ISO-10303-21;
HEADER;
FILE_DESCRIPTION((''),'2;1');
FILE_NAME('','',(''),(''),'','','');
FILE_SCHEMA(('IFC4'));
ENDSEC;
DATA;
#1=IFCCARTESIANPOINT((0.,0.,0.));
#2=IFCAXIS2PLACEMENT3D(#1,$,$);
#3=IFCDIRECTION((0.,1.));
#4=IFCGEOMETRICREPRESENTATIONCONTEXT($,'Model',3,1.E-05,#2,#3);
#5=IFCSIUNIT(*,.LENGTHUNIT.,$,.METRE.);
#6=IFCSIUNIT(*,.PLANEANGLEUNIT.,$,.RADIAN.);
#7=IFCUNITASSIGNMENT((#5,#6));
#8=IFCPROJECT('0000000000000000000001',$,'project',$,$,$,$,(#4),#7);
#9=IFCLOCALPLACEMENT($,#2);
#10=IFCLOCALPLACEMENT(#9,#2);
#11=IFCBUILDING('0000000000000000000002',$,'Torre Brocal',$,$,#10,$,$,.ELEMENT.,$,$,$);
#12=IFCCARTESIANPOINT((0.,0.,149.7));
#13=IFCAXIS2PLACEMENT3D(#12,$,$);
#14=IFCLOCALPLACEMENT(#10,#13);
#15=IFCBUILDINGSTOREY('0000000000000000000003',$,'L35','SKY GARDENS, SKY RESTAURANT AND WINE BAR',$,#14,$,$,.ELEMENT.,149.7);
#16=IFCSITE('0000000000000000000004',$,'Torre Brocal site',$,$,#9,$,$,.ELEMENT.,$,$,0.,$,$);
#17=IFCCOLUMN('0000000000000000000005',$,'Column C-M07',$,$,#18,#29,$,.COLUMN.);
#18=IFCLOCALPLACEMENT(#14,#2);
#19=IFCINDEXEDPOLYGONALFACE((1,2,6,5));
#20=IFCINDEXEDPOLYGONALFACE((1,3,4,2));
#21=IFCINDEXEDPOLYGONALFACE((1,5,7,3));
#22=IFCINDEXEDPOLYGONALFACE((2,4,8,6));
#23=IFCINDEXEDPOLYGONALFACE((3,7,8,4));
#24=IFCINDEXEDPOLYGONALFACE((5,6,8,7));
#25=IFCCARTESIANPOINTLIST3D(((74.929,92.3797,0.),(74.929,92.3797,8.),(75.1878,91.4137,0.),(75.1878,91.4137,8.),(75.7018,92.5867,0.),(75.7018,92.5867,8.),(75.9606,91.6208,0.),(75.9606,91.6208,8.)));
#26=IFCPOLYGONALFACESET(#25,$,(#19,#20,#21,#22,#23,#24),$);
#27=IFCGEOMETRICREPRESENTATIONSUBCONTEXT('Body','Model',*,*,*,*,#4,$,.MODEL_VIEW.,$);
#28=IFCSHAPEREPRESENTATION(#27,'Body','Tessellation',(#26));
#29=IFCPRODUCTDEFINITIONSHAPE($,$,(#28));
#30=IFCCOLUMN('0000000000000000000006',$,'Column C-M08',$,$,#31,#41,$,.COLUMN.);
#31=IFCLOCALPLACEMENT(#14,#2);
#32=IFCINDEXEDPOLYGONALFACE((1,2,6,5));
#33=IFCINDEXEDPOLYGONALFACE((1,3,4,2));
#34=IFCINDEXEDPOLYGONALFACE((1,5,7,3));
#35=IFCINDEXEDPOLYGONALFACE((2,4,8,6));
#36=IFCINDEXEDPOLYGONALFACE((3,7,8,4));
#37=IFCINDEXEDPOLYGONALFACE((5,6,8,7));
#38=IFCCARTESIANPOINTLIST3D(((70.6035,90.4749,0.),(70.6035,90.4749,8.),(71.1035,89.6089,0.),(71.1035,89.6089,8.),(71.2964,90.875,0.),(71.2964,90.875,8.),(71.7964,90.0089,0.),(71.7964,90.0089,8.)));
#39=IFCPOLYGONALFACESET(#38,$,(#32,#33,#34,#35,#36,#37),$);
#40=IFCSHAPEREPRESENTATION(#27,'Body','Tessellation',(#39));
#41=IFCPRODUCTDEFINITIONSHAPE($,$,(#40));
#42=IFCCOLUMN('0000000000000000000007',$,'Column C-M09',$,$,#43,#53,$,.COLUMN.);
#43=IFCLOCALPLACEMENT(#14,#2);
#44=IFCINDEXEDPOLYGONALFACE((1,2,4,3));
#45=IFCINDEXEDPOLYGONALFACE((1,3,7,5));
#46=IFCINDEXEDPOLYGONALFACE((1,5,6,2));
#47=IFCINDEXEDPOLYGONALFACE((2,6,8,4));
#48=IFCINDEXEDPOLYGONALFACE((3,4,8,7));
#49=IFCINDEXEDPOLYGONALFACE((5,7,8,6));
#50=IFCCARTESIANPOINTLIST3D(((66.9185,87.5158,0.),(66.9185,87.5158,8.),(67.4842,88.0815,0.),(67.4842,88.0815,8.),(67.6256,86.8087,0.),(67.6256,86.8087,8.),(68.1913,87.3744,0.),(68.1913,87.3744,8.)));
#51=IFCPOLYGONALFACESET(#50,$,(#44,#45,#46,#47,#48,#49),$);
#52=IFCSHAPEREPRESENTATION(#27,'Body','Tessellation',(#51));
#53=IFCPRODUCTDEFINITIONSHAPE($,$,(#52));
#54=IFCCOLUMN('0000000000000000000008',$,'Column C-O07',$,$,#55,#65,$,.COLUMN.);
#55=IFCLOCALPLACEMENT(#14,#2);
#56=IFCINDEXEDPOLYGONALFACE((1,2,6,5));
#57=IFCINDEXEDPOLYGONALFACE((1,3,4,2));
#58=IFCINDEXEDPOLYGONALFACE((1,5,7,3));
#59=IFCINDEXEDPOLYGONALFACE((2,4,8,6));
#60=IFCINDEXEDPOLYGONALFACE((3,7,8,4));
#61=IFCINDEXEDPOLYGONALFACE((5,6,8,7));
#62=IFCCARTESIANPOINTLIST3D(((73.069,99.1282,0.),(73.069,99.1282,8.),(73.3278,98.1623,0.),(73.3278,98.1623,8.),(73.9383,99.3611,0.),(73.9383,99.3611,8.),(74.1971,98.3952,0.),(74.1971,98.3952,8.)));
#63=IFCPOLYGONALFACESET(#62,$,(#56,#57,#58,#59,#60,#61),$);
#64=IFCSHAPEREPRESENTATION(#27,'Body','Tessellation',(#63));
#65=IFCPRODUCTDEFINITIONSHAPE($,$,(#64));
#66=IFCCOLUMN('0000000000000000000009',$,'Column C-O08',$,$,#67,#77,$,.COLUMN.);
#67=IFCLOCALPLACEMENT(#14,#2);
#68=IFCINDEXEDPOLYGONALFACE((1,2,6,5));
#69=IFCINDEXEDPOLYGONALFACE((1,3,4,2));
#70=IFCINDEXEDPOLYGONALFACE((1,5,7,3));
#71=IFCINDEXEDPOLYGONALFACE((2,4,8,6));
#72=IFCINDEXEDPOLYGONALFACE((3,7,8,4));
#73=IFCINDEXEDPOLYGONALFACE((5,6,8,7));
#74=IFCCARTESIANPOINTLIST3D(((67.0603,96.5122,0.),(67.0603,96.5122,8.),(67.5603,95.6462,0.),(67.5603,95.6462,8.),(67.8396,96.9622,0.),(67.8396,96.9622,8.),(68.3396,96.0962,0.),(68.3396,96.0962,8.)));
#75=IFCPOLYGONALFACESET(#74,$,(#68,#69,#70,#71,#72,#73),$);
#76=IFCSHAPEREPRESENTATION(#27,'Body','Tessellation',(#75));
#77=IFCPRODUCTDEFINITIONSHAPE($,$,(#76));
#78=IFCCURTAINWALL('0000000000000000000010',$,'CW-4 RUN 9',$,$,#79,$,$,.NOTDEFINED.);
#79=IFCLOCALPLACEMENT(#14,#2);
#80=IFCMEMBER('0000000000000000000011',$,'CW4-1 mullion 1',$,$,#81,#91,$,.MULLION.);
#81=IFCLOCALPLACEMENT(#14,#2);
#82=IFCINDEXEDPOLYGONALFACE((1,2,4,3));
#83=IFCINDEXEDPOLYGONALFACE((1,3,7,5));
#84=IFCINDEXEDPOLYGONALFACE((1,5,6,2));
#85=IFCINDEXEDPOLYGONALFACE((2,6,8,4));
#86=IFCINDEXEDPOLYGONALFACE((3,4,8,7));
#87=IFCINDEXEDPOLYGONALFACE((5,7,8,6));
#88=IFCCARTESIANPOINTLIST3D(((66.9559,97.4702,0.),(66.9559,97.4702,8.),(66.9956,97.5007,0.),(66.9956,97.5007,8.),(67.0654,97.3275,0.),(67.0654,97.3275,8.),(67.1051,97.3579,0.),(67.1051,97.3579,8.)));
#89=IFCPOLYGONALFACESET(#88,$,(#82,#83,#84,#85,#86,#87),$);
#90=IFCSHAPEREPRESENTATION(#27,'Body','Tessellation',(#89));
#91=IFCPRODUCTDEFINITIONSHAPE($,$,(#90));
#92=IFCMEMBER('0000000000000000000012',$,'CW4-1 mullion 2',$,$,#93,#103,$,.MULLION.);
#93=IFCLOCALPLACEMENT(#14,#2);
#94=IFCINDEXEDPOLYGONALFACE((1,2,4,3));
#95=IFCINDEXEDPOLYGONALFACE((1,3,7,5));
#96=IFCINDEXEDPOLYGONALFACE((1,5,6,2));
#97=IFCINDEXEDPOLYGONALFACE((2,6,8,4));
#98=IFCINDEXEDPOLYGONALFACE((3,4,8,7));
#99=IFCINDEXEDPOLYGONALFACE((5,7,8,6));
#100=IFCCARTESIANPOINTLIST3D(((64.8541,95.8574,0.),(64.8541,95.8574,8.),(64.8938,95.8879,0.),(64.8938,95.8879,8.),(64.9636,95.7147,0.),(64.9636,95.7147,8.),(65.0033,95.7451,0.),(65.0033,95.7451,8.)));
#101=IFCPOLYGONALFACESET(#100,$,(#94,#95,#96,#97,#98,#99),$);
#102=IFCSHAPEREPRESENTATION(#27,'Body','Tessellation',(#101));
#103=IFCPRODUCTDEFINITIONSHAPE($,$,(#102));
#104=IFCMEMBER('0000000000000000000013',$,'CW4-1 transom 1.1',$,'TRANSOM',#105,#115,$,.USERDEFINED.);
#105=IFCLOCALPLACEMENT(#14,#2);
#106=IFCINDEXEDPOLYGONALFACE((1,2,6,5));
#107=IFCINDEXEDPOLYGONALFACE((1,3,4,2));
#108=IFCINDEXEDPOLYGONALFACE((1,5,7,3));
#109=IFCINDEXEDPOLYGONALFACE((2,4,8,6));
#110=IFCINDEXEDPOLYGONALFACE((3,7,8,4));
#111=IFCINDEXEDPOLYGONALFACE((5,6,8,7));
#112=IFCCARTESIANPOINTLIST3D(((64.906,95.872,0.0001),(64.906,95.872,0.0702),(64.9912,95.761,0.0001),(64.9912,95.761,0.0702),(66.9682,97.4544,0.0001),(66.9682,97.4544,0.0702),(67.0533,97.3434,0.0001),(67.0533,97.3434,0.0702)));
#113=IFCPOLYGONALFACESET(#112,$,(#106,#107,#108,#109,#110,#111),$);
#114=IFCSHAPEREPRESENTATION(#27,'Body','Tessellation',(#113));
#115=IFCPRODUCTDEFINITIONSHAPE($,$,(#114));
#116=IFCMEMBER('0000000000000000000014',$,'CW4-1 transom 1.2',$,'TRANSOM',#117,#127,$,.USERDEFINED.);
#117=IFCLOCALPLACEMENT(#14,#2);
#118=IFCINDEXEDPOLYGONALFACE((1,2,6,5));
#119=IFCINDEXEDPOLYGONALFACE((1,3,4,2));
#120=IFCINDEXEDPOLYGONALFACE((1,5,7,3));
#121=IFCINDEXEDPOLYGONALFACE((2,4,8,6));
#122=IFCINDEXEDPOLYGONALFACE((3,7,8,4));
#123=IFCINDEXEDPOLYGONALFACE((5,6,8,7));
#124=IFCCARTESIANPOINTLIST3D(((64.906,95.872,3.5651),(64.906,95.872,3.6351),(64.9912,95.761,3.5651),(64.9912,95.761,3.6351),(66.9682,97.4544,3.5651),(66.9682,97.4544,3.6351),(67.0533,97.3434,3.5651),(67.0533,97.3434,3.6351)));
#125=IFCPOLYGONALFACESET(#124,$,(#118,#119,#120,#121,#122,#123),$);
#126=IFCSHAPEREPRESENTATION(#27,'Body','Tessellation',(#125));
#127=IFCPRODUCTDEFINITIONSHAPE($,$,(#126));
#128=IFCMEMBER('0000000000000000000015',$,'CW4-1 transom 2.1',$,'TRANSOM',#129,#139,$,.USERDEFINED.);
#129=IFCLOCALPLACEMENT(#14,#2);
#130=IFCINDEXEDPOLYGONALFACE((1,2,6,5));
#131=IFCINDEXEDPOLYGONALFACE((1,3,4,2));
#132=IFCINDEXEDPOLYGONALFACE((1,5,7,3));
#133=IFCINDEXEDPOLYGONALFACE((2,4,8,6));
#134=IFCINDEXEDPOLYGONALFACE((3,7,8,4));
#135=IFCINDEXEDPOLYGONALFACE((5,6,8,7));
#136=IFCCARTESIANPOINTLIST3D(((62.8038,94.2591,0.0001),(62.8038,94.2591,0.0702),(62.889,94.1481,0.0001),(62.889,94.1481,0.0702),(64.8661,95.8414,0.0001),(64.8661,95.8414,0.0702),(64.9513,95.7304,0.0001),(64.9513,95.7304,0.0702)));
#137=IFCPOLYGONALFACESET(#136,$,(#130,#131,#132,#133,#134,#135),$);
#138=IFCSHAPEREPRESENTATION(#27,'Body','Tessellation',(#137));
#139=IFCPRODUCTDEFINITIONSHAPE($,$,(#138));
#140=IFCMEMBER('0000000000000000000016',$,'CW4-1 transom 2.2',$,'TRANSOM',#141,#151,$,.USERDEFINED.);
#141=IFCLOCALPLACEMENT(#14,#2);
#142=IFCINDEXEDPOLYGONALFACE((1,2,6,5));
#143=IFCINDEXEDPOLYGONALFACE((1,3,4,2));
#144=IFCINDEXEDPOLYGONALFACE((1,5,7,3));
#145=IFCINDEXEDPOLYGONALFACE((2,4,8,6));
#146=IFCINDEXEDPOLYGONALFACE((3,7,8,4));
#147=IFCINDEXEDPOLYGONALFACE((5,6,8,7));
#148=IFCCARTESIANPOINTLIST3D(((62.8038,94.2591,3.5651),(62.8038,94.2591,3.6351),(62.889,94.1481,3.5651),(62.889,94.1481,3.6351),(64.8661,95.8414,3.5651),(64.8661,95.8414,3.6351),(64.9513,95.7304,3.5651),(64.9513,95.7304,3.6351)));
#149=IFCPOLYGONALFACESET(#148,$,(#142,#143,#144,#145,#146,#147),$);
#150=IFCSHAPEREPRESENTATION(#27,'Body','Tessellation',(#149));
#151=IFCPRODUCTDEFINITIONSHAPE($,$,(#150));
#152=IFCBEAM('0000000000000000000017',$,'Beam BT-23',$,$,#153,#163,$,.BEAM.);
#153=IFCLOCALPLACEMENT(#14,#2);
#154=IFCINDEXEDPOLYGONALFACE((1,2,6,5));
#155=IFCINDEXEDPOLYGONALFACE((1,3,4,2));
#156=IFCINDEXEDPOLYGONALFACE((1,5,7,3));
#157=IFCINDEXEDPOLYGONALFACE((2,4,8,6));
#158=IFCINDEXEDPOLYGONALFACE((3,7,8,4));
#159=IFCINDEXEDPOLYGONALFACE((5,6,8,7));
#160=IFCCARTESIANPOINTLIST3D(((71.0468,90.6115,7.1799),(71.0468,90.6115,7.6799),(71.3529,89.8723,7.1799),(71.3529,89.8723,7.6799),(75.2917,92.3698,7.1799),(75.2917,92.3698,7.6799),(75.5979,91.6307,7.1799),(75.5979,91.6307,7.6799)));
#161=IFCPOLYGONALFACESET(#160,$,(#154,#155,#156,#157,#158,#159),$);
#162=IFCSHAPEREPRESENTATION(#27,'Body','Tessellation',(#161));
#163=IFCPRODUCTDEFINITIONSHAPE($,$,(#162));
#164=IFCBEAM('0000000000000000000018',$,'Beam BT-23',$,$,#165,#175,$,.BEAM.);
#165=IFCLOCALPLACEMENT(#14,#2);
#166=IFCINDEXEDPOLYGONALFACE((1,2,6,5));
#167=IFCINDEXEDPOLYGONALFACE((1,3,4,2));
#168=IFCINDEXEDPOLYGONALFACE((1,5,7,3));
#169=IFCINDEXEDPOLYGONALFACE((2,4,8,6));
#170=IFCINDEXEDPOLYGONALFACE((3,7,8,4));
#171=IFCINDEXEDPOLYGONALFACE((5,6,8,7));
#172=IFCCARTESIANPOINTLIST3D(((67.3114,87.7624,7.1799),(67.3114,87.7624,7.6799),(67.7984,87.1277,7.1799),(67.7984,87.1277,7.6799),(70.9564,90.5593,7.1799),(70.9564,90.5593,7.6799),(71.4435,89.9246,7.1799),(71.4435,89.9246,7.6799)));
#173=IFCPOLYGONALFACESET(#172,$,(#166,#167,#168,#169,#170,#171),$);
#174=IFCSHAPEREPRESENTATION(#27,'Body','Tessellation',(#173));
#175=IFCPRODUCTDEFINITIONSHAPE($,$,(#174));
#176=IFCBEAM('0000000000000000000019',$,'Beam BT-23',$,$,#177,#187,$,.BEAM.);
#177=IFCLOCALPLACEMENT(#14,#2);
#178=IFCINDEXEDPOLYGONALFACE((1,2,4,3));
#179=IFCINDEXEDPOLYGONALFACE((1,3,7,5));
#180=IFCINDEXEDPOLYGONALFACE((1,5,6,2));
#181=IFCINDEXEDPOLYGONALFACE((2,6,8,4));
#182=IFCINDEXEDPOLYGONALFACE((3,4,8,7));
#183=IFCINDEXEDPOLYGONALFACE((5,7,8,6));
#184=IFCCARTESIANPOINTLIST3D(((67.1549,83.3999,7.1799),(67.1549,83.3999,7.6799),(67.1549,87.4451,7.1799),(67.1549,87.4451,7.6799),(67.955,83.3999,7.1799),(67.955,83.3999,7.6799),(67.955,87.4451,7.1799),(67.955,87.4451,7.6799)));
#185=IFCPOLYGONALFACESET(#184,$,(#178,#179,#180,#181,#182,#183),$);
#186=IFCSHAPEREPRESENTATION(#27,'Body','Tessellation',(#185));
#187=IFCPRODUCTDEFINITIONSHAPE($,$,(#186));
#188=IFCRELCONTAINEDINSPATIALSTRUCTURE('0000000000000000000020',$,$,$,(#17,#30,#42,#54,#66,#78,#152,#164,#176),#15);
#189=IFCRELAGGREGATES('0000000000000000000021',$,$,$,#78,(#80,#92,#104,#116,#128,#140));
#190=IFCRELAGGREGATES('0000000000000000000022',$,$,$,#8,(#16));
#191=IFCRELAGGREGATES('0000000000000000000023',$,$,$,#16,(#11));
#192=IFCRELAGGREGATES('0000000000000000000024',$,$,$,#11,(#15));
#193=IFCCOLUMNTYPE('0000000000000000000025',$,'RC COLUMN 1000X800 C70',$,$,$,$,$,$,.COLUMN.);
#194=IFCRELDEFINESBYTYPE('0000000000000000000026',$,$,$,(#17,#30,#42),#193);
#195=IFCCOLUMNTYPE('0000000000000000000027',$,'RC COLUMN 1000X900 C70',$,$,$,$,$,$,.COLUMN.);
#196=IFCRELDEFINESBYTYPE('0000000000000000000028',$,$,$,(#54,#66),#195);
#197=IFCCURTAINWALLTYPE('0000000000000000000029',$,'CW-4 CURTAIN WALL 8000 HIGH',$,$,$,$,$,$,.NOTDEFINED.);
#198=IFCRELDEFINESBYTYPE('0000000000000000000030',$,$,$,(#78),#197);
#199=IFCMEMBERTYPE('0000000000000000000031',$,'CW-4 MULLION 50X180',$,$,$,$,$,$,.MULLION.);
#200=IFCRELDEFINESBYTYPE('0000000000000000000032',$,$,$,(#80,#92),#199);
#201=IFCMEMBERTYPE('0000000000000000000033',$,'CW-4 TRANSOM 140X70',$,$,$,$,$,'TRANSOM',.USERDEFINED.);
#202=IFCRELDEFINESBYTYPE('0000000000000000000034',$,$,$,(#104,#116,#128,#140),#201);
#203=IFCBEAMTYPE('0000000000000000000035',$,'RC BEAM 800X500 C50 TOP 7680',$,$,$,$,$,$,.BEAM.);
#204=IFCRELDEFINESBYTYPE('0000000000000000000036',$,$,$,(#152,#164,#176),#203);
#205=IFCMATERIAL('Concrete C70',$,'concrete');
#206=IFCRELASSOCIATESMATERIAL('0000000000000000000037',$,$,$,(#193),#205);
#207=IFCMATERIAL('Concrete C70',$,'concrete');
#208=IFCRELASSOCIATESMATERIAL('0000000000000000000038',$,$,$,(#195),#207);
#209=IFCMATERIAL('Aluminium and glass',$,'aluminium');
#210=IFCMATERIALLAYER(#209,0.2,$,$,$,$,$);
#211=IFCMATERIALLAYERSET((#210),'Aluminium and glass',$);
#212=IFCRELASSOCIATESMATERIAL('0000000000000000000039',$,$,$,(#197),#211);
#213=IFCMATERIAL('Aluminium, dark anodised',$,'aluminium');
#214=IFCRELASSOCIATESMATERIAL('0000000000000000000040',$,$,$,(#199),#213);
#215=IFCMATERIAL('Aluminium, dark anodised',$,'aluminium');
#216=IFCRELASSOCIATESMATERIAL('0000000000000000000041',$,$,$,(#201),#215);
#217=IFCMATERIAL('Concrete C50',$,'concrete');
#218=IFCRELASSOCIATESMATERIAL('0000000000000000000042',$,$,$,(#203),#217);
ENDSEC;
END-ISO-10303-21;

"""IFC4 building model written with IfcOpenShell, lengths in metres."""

from ifc_helpers import new_model, si_unit, direction, frame, origin, origin_2d, place, context, subcontext, project, spatial, rectangle, extrude, material, layer, layer_set, material_profile, profile_set, type_object, element, aggregate, save


model = new_model("IFC4")

# Units and contexts
model_context = context("Model", 3, precision=1e-05, world=origin(), true_north=direction((0.0, 1.0)))
body_context = subcontext(model_context, "Body", "Model", "MODEL_VIEW")
ifc_project = project(units=[si_unit("LENGTHUNIT", "METRE"), si_unit("PLANEANGLEUNIT", "RADIAN")], contexts=[model_context])

# Site, building, storey
site_placement = place(None, origin())
site = spatial("IfcSite", under=ifc_project, at=site_placement, Name="Torre Brocal site", CompositionType="ELEMENT", RefElevation=0.0)
building_placement = place(site_placement, origin())
building = spatial("IfcBuilding", under=site, at=building_placement, Name="Torre Brocal", CompositionType="ELEMENT")
storey_placement = place(building_placement, frame((0.0, 0.0, 149.7)))
storey = spatial("IfcBuildingStorey", under=building, at=storey_placement, Name="L35", Description="SKY GARDENS, SKY RESTAURANT AND WINE BAR", CompositionType="ELEMENT", Elevation=149.7)

# Columns
ifc_material_1 = material(Name="Concrete C70", Category="concrete")
ifc_material_profile_1 = material_profile(ifc_material_1, rectangle(XDim=1.0, YDim=0.8, at=origin_2d()), Name="RC 1000X800")
ifc_profile_set_1 = profile_set([ifc_material_profile_1], Name="Concrete C70")
column_type_1 = type_object("IfcColumnType", Name="RC COLUMN 1000X800 C70", PredefinedType="COLUMN", material=ifc_profile_set_1)
for number, where, z_axis, x_axis, name in (
    (1, (75.4448, 92.0002, 0.0), (0.0, 0.0, 1.0), (-0.258819, 0.965926, 0.0), "Column C-M07"),
    (2, (71.2, 90.2419, 0.0), (0.0, 0.0, 1.0), (-0.5, 0.866025, 0.0), "Column C-M08"),
    (3, (67.5549, 87.4451, 0.0), (0.0, 0.0, 1.0), (-0.707107, 0.707107, 0.0), "Column C-M09"),
):
    element("IfcColumn", number, at=place(storey_placement, frame(where, z_axis=z_axis, x_axis=x_axis)), inside=storey, type_object=column_type_1, Name=name, PredefinedType="COLUMN", context=body_context, shape_type="SweptSolid", body=[
        extrude(rectangle(XDim=1.0, YDim=0.8, at=origin_2d()), origin(), (0.0, 0.0, 1.0), 8.0),
    ])
ifc_material_2 = material(Name="Concrete C70", Category="concrete")
ifc_material_profile_2 = material_profile(ifc_material_2, rectangle(XDim=1.0, YDim=0.8999, at=origin_2d()), Name="RC 1000X900")
ifc_profile_set_2 = profile_set([ifc_material_profile_2], Name="Concrete C70")
column_type_2 = type_object("IfcColumnType", Name="RC COLUMN 1000X900 C70", PredefinedType="COLUMN", material=ifc_profile_set_2)
for number, where, z_axis, x_axis, name in (
    (4, (73.6331, 98.7617, 0.0), (0.0, 0.0, 1.0), (-0.258819, 0.965926, 0.0), "Column C-O07"),
    (5, (67.7, 96.3042, 0.0), (0.0, 0.0, 1.0), (-0.5, 0.866025, 0.0), "Column C-O08"),
):
    element("IfcColumn", number, at=place(storey_placement, frame(where, z_axis=z_axis, x_axis=x_axis)), inside=storey, type_object=column_type_2, Name=name, PredefinedType="COLUMN", context=body_context, shape_type="SweptSolid", body=[
        extrude(rectangle(XDim=1.0, YDim=0.8999, at=origin_2d()), origin(), (0.0, 0.0, 1.0), 8.0),
    ])

# Curtain wall, members
ifc_material_3 = material(Name="Aluminium and glass", Category="aluminium")
ifc_layer_1 = layer(ifc_material_3, 0.2)
ifc_layer_set_1 = layer_set([ifc_layer_1], Name="Aluminium and glass")
curtain_wall_type = type_object("IfcCurtainWallType", Name="CW-4 CURTAIN WALL 8000 HIGH", PredefinedType="NOTDEFINED", material=ifc_layer_set_1)
curtain_wall_placement = place(storey_placement, origin())
curtain_wall = element("IfcCurtainWall", 6, at=curtain_wall_placement, inside=storey, type_object=curtain_wall_type, Name="CW-4 RUN 9", PredefinedType="NOTDEFINED")
ifc_material_4 = material(Name="Aluminium, dark anodised", Category="aluminium")
ifc_material_profile_3 = material_profile(ifc_material_4, rectangle(XDim=0.1799, YDim=0.05, at=origin_2d()), Name="CW-4 MULLION 50X180")
ifc_profile_set_3 = profile_set([ifc_material_profile_3], Name="Aluminium, dark anodised")
member_type_1 = type_object("IfcMemberType", Name="CW-4 MULLION 50X180", PredefinedType="MULLION", material=ifc_profile_set_3)
member_1_placement = place(storey_placement, frame((67.0305, 97.4141, 0.0), z_axis=(0.0, 0.0, 1.0), x_axis=(0.608761, -0.793353, 0.0)))
member_1 = element("IfcMember", 7, at=member_1_placement, type_object=member_type_1, Name="CW4-1 mullion 1", PredefinedType="MULLION", context=body_context, shape_type="SweptSolid", body=[
    extrude(rectangle(XDim=0.1799, YDim=0.05, at=origin_2d()), origin(), (0.0, 0.0, 1.0), 8.0),
])
member_2_placement = place(storey_placement, frame((64.9287, 95.8013, 0.0), z_axis=(0.0, 0.0, 1.0), x_axis=(0.608761, -0.793353, 0.0)))
member_2 = element("IfcMember", 8, at=member_2_placement, type_object=member_type_1, Name="CW4-1 mullion 2", PredefinedType="MULLION", context=body_context, shape_type="SweptSolid", body=[
    extrude(rectangle(XDim=0.1799, YDim=0.05, at=origin_2d()), origin(), (0.0, 0.0, 1.0), 8.0),
])
ifc_material_5 = material(Name="Aluminium, dark anodised", Category="aluminium")
ifc_material_profile_4 = material_profile(ifc_material_5, rectangle(XDim=0.1399, YDim=0.0701, at=origin_2d()), Name="CW-4 TRANSOM 140X70")
ifc_profile_set_4 = profile_set([ifc_material_profile_4], Name="Aluminium, dark anodised")
member_type_2 = type_object("IfcMemberType", Name="CW-4 TRANSOM 140X70", ElementType="TRANSOM", PredefinedType="USERDEFINED", material=ifc_profile_set_4)
member_3_placement = place(storey_placement, frame((67.0107, 97.3989, 0.0352), z_axis=(-0.793336, -0.608784, 0.0), x_axis=(0.608784, -0.793336, 0.0)))
member_3 = element("IfcMember", 9, at=member_3_placement, type_object=member_type_2, Name="CW4-1 transom 1.1", ObjectType="TRANSOM", PredefinedType="USERDEFINED", context=body_context, shape_type="SweptSolid", body=[
    extrude(rectangle(XDim=0.1399, YDim=0.0701, at=origin_2d()), origin(), (0.0, 0.0, 1.0), 2.5994),
])
member_4_placement = place(storey_placement, frame((67.0107, 97.3989, 3.6001), z_axis=(-0.793336, -0.608784, 0.0), x_axis=(0.608784, -0.793336, 0.0)))
member_4 = element("IfcMember", 10, at=member_4_placement, type_object=member_type_2, Name="CW4-1 transom 1.2", ObjectType="TRANSOM", PredefinedType="USERDEFINED", context=body_context, shape_type="SweptSolid", body=[
    extrude(rectangle(XDim=0.1399, YDim=0.0701, at=origin_2d()), origin(), (0.0, 0.0, 1.0), 2.5994),
])
member_5_placement = place(storey_placement, frame((64.9087, 95.7859, 0.0352), z_axis=(-0.793381, -0.608725, 0.0), x_axis=(0.608725, -0.793381, 0.0)))
member_5 = element("IfcMember", 11, at=member_5_placement, type_object=member_type_2, Name="CW4-1 transom 2.1", ObjectType="TRANSOM", PredefinedType="USERDEFINED", context=body_context, shape_type="SweptSolid", body=[
    extrude(rectangle(XDim=0.1399, YDim=0.0701, at=origin_2d()), origin(), (0.0, 0.0, 1.0), 2.5994),
])
member_6_placement = place(storey_placement, frame((64.9087, 95.7859, 3.6001), z_axis=(-0.793381, -0.608725, 0.0), x_axis=(0.608725, -0.793381, 0.0)))
member_6 = element("IfcMember", 12, at=member_6_placement, type_object=member_type_2, Name="CW4-1 transom 2.2", ObjectType="TRANSOM", PredefinedType="USERDEFINED", context=body_context, shape_type="SweptSolid", body=[
    extrude(rectangle(XDim=0.1399, YDim=0.0701, at=origin_2d()), origin(), (0.0, 0.0, 1.0), 2.5994),
])

# Beams
ifc_material_6 = material(Name="Concrete C50", Category="concrete")
ifc_material_profile_5 = material_profile(ifc_material_6, rectangle(XDim=0.8, YDim=0.5, at=origin_2d()), Name="RC 800X500")
ifc_profile_set_5 = profile_set([ifc_material_profile_5], Name="Concrete C50")
beam_type_1 = type_object("IfcBeamType", Name="RC BEAM 800X500 C50 TOP 7680", PredefinedType="BEAM", material=ifc_profile_set_5)
beam_1_placement = place(storey_placement, frame((75.4448, 92.0002, 7.4299), z_axis=(-0.923878, -0.382687, 0.0), x_axis=(0.382687, -0.923878, 0.0)))
element("IfcBeam", 13, at=beam_1_placement, inside=storey, type_object=beam_type_1, Name="Beam BT-23", PredefinedType="BEAM", context=body_context, shape_type="SweptSolid", body=[
    extrude(rectangle(XDim=0.8, YDim=0.5, at=origin_2d()), origin(), (0.0, 0.0, 1.0), 4.5947),
])
beam_2_placement = place(storey_placement, frame((71.2, 90.2419, 7.4299), z_axis=(-0.793358, -0.608755, 0.0), x_axis=(0.608755, -0.793358, 0.0)))
element("IfcBeam", 14, at=beam_2_placement, inside=storey, type_object=beam_type_1, Name="Beam BT-23", PredefinedType="BEAM", context=body_context, shape_type="SweptSolid", body=[
    extrude(rectangle(XDim=0.8, YDim=0.5, at=origin_2d()), origin(), (0.0, 0.0, 1.0), 4.5945),
])
beam_3_placement = place(storey_placement, frame((67.5549, 87.4451, 7.4299), z_axis=(0.0, -1.0, 0.0), x_axis=(1.0, 0.0, 0.0)))
element("IfcBeam", 15, at=beam_3_placement, inside=storey, type_object=beam_type_1, Name="Beam BT-23", PredefinedType="BEAM", context=body_context, shape_type="SweptSolid", body=[
    extrude(rectangle(XDim=0.8, YDim=0.5, at=origin_2d()), origin(), (0.0, 0.0, 1.0), 4.0452),
])

aggregate(curtain_wall, [member_1, member_2, member_3, member_4, member_5, member_6])

save(model, "model.ifc")
